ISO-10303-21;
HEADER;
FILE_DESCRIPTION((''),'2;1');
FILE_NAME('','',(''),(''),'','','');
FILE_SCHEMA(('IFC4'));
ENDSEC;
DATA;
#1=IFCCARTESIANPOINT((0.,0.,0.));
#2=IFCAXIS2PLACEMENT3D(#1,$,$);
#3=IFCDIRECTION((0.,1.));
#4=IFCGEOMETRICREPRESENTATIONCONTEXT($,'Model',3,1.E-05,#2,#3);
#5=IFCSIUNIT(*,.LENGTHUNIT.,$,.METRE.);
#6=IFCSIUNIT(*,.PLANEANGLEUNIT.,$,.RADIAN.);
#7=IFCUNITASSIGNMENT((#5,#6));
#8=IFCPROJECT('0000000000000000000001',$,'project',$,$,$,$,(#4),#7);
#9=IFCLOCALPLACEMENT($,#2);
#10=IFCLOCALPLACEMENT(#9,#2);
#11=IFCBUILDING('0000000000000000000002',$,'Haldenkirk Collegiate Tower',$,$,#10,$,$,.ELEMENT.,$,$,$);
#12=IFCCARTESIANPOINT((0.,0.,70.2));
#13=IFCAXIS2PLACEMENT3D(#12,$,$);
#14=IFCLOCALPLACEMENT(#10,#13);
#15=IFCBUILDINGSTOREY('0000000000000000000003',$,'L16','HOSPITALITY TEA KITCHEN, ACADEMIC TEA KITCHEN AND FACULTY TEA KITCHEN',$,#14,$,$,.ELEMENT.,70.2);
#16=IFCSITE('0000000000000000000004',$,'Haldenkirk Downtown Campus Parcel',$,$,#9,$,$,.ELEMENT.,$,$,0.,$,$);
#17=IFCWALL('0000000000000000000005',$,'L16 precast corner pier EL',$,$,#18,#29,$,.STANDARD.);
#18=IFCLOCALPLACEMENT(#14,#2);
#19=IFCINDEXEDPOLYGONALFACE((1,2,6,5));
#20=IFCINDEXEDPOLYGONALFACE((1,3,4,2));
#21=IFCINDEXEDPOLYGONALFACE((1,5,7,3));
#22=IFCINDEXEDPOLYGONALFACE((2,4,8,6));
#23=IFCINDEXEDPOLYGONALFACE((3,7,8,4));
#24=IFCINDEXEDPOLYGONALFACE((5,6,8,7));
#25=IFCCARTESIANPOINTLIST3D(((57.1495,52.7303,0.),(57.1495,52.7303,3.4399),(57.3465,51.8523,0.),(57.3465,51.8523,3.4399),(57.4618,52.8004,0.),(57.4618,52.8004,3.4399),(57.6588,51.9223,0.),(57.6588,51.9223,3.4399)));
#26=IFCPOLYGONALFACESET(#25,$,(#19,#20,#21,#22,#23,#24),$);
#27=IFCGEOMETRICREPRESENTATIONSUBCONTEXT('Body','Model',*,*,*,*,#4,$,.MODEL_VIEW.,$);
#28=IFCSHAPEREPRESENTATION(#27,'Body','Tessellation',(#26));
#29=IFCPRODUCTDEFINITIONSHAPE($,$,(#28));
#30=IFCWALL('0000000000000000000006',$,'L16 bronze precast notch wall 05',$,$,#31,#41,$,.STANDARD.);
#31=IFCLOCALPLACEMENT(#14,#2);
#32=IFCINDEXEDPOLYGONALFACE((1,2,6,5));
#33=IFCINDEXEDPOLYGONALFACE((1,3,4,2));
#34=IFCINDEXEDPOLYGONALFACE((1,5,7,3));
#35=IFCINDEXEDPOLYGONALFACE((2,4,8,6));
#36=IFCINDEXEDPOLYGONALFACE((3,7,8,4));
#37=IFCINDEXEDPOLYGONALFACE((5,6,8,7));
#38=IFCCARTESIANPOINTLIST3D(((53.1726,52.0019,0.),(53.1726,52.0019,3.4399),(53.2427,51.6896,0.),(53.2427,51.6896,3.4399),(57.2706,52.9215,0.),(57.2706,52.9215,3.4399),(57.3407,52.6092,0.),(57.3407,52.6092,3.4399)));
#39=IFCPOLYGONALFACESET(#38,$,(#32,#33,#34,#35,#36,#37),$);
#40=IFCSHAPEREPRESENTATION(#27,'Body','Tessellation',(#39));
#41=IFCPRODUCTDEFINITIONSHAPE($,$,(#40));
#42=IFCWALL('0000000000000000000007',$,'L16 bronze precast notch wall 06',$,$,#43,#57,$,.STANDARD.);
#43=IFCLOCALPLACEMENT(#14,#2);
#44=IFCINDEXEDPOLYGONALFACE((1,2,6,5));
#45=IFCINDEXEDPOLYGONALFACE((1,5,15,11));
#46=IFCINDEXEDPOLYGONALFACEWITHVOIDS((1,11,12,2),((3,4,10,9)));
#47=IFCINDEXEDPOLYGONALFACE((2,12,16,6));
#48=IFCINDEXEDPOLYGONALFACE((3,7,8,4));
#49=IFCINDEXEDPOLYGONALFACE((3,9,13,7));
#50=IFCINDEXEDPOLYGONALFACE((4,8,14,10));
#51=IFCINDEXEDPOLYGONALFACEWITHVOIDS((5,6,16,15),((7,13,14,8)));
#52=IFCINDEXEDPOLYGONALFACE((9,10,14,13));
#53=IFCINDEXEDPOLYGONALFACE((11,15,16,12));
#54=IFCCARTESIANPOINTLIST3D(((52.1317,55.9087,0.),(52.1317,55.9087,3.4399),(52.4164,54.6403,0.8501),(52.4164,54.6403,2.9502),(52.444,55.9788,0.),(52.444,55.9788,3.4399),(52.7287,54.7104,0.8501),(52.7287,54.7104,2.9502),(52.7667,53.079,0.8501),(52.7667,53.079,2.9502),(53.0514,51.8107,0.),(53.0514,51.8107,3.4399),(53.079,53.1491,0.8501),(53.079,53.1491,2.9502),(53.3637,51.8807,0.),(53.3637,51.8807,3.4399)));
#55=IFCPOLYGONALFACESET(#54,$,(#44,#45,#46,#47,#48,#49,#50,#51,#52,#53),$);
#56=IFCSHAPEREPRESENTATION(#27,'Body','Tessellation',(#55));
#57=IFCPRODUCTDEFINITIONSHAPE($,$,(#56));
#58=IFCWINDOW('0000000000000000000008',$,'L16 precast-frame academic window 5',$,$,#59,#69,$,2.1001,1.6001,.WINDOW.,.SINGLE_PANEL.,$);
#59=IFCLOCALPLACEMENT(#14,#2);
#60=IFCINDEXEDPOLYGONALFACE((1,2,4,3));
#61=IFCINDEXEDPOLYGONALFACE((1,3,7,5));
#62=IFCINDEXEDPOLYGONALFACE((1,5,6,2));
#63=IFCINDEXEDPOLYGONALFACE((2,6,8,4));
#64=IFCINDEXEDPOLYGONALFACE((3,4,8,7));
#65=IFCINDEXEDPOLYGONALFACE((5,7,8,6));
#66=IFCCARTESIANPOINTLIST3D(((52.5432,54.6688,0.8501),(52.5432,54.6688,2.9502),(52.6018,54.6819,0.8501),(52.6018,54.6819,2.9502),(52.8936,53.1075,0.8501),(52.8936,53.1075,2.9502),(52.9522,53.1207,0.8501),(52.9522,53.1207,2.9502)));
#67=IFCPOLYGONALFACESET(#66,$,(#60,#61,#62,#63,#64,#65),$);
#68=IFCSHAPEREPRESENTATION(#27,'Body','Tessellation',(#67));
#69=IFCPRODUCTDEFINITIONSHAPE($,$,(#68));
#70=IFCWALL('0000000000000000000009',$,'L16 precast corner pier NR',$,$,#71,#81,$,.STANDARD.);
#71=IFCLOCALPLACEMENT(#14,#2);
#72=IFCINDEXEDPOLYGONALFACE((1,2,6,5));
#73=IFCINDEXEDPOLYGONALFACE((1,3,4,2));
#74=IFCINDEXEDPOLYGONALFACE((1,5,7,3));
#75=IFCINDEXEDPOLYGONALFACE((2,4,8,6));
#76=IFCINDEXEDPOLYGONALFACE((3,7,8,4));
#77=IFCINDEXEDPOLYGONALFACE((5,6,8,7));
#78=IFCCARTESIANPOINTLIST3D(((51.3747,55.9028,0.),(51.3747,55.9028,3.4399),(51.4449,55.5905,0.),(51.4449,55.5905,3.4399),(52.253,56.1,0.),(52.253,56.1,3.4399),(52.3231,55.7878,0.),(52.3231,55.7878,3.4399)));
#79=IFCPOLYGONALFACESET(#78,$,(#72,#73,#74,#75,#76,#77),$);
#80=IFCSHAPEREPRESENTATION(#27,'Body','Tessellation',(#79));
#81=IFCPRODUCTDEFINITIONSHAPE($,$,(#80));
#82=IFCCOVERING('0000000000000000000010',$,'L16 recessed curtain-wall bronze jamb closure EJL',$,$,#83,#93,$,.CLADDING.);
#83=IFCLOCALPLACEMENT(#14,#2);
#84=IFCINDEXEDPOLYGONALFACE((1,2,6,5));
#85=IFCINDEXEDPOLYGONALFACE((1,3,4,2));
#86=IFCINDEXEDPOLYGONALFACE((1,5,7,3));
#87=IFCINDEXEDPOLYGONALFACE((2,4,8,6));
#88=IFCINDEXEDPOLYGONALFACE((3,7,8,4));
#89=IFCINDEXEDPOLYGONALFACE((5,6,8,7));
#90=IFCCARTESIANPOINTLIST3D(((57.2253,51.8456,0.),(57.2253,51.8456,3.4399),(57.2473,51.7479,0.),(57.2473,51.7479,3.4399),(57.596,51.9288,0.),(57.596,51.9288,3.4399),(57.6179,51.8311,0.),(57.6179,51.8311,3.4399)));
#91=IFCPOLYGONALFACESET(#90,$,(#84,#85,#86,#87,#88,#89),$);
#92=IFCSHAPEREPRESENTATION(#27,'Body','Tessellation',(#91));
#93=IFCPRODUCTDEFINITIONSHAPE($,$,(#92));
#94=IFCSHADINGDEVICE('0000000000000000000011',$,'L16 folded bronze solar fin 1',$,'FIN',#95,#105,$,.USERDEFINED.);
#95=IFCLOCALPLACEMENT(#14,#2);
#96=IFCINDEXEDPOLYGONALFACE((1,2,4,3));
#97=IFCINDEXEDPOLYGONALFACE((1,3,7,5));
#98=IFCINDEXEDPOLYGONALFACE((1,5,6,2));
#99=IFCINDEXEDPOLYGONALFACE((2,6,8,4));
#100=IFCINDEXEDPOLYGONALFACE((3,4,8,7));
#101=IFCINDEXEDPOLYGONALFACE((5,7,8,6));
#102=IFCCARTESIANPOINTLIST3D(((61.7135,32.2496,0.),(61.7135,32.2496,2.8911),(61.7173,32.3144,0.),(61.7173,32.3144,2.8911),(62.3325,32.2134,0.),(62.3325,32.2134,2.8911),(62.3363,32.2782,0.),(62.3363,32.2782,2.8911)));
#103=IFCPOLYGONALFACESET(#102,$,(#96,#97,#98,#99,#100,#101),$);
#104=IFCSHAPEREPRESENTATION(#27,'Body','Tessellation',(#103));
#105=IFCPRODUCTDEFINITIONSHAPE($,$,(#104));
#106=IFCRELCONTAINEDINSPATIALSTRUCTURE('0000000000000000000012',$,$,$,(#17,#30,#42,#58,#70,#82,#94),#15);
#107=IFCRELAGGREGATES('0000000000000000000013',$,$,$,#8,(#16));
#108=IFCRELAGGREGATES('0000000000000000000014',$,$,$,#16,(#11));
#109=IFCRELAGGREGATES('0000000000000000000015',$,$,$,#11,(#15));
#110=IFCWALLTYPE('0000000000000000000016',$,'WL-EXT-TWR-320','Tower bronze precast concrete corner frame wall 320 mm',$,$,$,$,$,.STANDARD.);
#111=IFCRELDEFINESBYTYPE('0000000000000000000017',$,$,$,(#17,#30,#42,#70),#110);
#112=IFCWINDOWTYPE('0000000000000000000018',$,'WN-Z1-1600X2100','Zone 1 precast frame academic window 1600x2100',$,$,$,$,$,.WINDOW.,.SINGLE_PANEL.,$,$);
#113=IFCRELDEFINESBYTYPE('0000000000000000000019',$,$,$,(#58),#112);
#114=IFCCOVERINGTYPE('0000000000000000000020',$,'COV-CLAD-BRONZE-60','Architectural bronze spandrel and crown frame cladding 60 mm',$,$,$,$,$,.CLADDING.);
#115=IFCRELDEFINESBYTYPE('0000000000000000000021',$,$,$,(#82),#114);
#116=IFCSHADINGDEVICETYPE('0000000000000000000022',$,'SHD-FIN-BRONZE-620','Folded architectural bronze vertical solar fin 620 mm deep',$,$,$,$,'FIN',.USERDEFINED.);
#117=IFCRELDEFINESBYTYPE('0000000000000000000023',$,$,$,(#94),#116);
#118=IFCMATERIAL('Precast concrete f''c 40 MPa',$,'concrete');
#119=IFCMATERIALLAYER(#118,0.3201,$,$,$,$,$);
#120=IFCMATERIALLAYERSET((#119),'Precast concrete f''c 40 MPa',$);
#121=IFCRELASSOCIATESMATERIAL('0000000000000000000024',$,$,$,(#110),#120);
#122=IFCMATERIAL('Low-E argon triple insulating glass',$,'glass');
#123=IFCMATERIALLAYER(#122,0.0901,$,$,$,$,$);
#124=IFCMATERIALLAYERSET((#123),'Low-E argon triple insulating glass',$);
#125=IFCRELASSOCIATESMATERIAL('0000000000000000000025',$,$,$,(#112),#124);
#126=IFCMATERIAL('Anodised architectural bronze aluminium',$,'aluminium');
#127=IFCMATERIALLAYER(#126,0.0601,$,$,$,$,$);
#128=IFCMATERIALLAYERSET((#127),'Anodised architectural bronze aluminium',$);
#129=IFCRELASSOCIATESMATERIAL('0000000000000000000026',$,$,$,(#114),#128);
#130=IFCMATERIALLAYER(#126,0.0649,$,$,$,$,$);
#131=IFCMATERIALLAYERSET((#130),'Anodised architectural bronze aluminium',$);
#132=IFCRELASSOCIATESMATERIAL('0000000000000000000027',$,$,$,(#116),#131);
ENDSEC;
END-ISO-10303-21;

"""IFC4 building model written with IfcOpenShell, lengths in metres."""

from ifc_helpers import new_model, si_unit, direction, frame, frame_2d, origin, origin_2d, place, context, subcontext, project, spatial, rectangle, extrude, source, transform, mapped, material, layer, layer_set, type_object, element, fill, save


model = new_model("IFC4")

# Units and contexts
model_context = context("Model", 3, precision=1e-05, world=origin(), true_north=direction((0.0, 1.0)))
body_context = subcontext(model_context, "Body", "Model", "MODEL_VIEW")
ifc_project = project(units=[si_unit("LENGTHUNIT", "METRE"), si_unit("PLANEANGLEUNIT", "RADIAN")], contexts=[model_context])

# Site, building, storey
site_placement = place(None, origin())
site = spatial("IfcSite", under=ifc_project, at=site_placement, Name="Haldenkirk Downtown Campus Parcel", CompositionType="ELEMENT", RefElevation=0.0)
building_placement = place(site_placement, origin())
building = spatial("IfcBuilding", under=site, at=building_placement, Name="Haldenkirk Collegiate Tower", CompositionType="ELEMENT")
storey_placement = place(building_placement, frame((0.0, 0.0, 70.2)))
storey = spatial("IfcBuildingStorey", under=building, at=storey_placement, Name="L16", Description="HOSPITALITY TEA KITCHEN, ACADEMIC TEA KITCHEN AND FACULTY TEA KITCHEN", CompositionType="ELEMENT", Elevation=70.2)

# Shared definitions
ifc_material_1 = material(Name="Anodised architectural bronze aluminium", Category="aluminium")

# Shared definitions
ifc_material_2 = material(Name="Low-E argon triple insulating glass", Category="glass")

# Walls
ifc_material_3 = material(Name="Precast concrete f'c 40 MPa", Category="concrete")
ifc_layer_1 = layer(ifc_material_3, 0.3201)
ifc_layer_set_1 = layer_set([ifc_layer_1], Name="Precast concrete f'c 40 MPa")
wall_type = type_object("IfcWallType", Name="WL-EXT-TWR-320", Description="Tower bronze precast concrete corner frame wall 320 mm", PredefinedType="STANDARD", material=ifc_layer_set_1)
wall_1_placement = place(storey_placement, frame((57.3057, 52.7654, 0.0), z_axis=(0.0, 0.0, 1.0), x_axis=(0.218912, -0.975745, 0.0)))
element("IfcWall", 1, at=wall_1_placement, inside=storey, type_object=wall_type, Name="L16 precast corner pier EL", PredefinedType="STANDARD", context=body_context, shape_type="SweptSolid", body=[
    extrude(rectangle(XDim=0.8999, YDim=0.3201, at=frame_2d((0.45, 0.0))), origin(), (0.0, 0.0, 1.0), 3.4399),
])
wall_2_placement = place(storey_placement, frame((53.2075, 51.8457, 0.0), z_axis=(0.0, 0.0, 1.0), x_axis=(0.975732, 0.218967, 0.0)))
element("IfcWall", 2, at=wall_2_placement, inside=storey, type_object=wall_type, Name="L16 bronze precast notch wall 05", PredefinedType="STANDARD", context=body_context, shape_type="SweptSolid", body=[
    extrude(rectangle(XDim=4.2, YDim=0.3201, at=frame_2d((2.1001, 0.0))), origin(), (0.0, 0.0, 1.0), 3.4399),
])

# Wall, opening, window
wall_3_placement = place(storey_placement, frame((52.2878, 55.9438, 0.0), z_axis=(0.0, 0.0, 1.0), x_axis=(0.218967, -0.975732, 0.0)))
wall_3 = element("IfcWall", 3, at=wall_3_placement, inside=storey, type_object=wall_type, Name="L16 bronze precast notch wall 06", PredefinedType="STANDARD", context=body_context, shape_type="SweptSolid", body=[
    extrude(rectangle(XDim=4.2, YDim=0.3201, at=frame_2d((2.1001, 0.0))), origin(), (0.0, 0.0, 1.0), 3.4399),
])
opening_placement = place(wall_3_placement, frame((1.3, 0.0, 0.8501)))
opening = element("IfcOpeningElement", 4, at=opening_placement, cuts=wall_3, PredefinedType="OPENING", context=body_context, shape_type="SweptSolid", body=[
    extrude(rectangle(XDim=1.6001, YDim=2.1001, at=frame_2d((0.8, 1.05))), frame((0.0, 0.1699, 0.0), z_axis=(0.0, -1.0, 0.0), x_axis=(1.0, 0.0, 0.0)), (0.0, 0.0, 1.0), 0.3401),
])
ifc_layer_2 = layer(ifc_material_2, 0.0901)
ifc_layer_set_2 = layer_set([ifc_layer_2], Name="Low-E argon triple insulating glass")
window_type = type_object("IfcWindowType", Name="WN-Z1-1600X2100", Description="Zone 1 precast frame academic window 1600x2100", PartitioningType="SINGLE_PANEL", PredefinedType="WINDOW", material=ifc_layer_set_2)
window_placement = place(opening_placement, origin())
window = element("IfcWindow", 5, at=window_placement, inside=storey, type_object=window_type, Name="L16 precast-frame academic window 5", OverallHeight=2.1001, OverallWidth=1.6001, PartitioningType="SINGLE_PANEL", PredefinedType="WINDOW", context=body_context, shape_type="SweptSolid", body=[
    extrude(rectangle(XDim=1.6001, YDim=2.1001, at=frame_2d((0.8, 1.05))), frame((0.0, 0.03, 0.0), z_axis=(0.0, -1.0, 0.0), x_axis=(1.0, 0.0, 0.0)), (0.0, 0.0, 1.0), 0.0601),
])
fill(opening, window)

# Wall
wall_4_placement = place(storey_placement, frame((51.4097, 55.7466, 0.0), z_axis=(0.0, 0.0, 1.0), x_axis=(0.975687, 0.21917, 0.0)))
element("IfcWall", 6, at=wall_4_placement, inside=storey, type_object=wall_type, Name="L16 precast corner pier NR", PredefinedType="STANDARD", context=body_context, shape_type="SweptSolid", body=[
    extrude(rectangle(XDim=0.9001, YDim=0.3201, at=frame_2d((0.4502, 0.0))), origin(), (0.0, 0.0, 1.0), 3.4399),
])

# Covering
ifc_layer_3 = layer(ifc_material_1, 0.0601)
ifc_layer_set_3 = layer_set([ifc_layer_3], Name="Anodised architectural bronze aluminium")
covering_type = type_object("IfcCoveringType", Name="COV-CLAD-BRONZE-60", Description="Architectural bronze spandrel and crown frame cladding 60 mm", PredefinedType="CLADDING", material=ifc_layer_set_3)
shared_shape_1 = source(origin(), body_context, "Body", "SweptSolid", [
    extrude(rectangle(XDim=0.1001, YDim=0.3799, at=origin_2d()), origin(), (0.0, 0.0, 1.0), 3.4399),
])
covering_placement = place(storey_placement, frame((57.4216, 51.8384, 0.0), z_axis=(0.0, 0.0, 1.0), x_axis=(0.218995, -0.975726, 0.0)))
element("IfcCovering", 7, at=covering_placement, inside=storey, type_object=covering_type, Name="L16 recessed curtain-wall bronze jamb closure EJL", PredefinedType="CLADDING", context=body_context, shape_type="MappedRepresentation", body=[
    mapped(shared_shape_1, transform((0.0, 0.0, 0.0), x_axis=(1.0, 0.0, 0.0), y_axis=(0.0, 1.0, 0.0), z_axis=(0.0, 0.0, 1.0), scale=1.0)),
])

# Shading device
ifc_layer_4 = layer(ifc_material_1, 0.0649)
ifc_layer_set_4 = layer_set([ifc_layer_4], Name="Anodised architectural bronze aluminium")
shading_device_type = type_object("IfcShadingDeviceType", Name="SHD-FIN-BRONZE-620", Description="Folded architectural bronze vertical solar fin 620 mm deep", ElementType="FIN", PredefinedType="USERDEFINED", material=ifc_layer_set_4)
shared_shape_2 = source(origin(), body_context, "Body", "SweptSolid", [
    extrude(rectangle(XDim=0.6201, YDim=0.0649, at=origin_2d()), origin(), (0.0, 0.0, 1.0), 2.8911),
])
shading_device_placement = place(storey_placement, frame((62.0249, 32.2639, 0.0), z_axis=(0.0, 0.0, 1.0), x_axis=(0.998291, -0.058435, 0.0)))
element("IfcShadingDevice", 8, at=shading_device_placement, inside=storey, type_object=shading_device_type, Name="L16 folded bronze solar fin 1", ObjectType="FIN", PredefinedType="USERDEFINED", context=body_context, shape_type="MappedRepresentation", body=[
    mapped(shared_shape_2, transform((0.0, 0.0, 0.0), x_axis=(1.0, 0.0, 0.0), y_axis=(0.0, 1.0, 0.0), z_axis=(0.0, 0.0, 1.0), scale=1.0)),
])

save(model, "model.ifc")
